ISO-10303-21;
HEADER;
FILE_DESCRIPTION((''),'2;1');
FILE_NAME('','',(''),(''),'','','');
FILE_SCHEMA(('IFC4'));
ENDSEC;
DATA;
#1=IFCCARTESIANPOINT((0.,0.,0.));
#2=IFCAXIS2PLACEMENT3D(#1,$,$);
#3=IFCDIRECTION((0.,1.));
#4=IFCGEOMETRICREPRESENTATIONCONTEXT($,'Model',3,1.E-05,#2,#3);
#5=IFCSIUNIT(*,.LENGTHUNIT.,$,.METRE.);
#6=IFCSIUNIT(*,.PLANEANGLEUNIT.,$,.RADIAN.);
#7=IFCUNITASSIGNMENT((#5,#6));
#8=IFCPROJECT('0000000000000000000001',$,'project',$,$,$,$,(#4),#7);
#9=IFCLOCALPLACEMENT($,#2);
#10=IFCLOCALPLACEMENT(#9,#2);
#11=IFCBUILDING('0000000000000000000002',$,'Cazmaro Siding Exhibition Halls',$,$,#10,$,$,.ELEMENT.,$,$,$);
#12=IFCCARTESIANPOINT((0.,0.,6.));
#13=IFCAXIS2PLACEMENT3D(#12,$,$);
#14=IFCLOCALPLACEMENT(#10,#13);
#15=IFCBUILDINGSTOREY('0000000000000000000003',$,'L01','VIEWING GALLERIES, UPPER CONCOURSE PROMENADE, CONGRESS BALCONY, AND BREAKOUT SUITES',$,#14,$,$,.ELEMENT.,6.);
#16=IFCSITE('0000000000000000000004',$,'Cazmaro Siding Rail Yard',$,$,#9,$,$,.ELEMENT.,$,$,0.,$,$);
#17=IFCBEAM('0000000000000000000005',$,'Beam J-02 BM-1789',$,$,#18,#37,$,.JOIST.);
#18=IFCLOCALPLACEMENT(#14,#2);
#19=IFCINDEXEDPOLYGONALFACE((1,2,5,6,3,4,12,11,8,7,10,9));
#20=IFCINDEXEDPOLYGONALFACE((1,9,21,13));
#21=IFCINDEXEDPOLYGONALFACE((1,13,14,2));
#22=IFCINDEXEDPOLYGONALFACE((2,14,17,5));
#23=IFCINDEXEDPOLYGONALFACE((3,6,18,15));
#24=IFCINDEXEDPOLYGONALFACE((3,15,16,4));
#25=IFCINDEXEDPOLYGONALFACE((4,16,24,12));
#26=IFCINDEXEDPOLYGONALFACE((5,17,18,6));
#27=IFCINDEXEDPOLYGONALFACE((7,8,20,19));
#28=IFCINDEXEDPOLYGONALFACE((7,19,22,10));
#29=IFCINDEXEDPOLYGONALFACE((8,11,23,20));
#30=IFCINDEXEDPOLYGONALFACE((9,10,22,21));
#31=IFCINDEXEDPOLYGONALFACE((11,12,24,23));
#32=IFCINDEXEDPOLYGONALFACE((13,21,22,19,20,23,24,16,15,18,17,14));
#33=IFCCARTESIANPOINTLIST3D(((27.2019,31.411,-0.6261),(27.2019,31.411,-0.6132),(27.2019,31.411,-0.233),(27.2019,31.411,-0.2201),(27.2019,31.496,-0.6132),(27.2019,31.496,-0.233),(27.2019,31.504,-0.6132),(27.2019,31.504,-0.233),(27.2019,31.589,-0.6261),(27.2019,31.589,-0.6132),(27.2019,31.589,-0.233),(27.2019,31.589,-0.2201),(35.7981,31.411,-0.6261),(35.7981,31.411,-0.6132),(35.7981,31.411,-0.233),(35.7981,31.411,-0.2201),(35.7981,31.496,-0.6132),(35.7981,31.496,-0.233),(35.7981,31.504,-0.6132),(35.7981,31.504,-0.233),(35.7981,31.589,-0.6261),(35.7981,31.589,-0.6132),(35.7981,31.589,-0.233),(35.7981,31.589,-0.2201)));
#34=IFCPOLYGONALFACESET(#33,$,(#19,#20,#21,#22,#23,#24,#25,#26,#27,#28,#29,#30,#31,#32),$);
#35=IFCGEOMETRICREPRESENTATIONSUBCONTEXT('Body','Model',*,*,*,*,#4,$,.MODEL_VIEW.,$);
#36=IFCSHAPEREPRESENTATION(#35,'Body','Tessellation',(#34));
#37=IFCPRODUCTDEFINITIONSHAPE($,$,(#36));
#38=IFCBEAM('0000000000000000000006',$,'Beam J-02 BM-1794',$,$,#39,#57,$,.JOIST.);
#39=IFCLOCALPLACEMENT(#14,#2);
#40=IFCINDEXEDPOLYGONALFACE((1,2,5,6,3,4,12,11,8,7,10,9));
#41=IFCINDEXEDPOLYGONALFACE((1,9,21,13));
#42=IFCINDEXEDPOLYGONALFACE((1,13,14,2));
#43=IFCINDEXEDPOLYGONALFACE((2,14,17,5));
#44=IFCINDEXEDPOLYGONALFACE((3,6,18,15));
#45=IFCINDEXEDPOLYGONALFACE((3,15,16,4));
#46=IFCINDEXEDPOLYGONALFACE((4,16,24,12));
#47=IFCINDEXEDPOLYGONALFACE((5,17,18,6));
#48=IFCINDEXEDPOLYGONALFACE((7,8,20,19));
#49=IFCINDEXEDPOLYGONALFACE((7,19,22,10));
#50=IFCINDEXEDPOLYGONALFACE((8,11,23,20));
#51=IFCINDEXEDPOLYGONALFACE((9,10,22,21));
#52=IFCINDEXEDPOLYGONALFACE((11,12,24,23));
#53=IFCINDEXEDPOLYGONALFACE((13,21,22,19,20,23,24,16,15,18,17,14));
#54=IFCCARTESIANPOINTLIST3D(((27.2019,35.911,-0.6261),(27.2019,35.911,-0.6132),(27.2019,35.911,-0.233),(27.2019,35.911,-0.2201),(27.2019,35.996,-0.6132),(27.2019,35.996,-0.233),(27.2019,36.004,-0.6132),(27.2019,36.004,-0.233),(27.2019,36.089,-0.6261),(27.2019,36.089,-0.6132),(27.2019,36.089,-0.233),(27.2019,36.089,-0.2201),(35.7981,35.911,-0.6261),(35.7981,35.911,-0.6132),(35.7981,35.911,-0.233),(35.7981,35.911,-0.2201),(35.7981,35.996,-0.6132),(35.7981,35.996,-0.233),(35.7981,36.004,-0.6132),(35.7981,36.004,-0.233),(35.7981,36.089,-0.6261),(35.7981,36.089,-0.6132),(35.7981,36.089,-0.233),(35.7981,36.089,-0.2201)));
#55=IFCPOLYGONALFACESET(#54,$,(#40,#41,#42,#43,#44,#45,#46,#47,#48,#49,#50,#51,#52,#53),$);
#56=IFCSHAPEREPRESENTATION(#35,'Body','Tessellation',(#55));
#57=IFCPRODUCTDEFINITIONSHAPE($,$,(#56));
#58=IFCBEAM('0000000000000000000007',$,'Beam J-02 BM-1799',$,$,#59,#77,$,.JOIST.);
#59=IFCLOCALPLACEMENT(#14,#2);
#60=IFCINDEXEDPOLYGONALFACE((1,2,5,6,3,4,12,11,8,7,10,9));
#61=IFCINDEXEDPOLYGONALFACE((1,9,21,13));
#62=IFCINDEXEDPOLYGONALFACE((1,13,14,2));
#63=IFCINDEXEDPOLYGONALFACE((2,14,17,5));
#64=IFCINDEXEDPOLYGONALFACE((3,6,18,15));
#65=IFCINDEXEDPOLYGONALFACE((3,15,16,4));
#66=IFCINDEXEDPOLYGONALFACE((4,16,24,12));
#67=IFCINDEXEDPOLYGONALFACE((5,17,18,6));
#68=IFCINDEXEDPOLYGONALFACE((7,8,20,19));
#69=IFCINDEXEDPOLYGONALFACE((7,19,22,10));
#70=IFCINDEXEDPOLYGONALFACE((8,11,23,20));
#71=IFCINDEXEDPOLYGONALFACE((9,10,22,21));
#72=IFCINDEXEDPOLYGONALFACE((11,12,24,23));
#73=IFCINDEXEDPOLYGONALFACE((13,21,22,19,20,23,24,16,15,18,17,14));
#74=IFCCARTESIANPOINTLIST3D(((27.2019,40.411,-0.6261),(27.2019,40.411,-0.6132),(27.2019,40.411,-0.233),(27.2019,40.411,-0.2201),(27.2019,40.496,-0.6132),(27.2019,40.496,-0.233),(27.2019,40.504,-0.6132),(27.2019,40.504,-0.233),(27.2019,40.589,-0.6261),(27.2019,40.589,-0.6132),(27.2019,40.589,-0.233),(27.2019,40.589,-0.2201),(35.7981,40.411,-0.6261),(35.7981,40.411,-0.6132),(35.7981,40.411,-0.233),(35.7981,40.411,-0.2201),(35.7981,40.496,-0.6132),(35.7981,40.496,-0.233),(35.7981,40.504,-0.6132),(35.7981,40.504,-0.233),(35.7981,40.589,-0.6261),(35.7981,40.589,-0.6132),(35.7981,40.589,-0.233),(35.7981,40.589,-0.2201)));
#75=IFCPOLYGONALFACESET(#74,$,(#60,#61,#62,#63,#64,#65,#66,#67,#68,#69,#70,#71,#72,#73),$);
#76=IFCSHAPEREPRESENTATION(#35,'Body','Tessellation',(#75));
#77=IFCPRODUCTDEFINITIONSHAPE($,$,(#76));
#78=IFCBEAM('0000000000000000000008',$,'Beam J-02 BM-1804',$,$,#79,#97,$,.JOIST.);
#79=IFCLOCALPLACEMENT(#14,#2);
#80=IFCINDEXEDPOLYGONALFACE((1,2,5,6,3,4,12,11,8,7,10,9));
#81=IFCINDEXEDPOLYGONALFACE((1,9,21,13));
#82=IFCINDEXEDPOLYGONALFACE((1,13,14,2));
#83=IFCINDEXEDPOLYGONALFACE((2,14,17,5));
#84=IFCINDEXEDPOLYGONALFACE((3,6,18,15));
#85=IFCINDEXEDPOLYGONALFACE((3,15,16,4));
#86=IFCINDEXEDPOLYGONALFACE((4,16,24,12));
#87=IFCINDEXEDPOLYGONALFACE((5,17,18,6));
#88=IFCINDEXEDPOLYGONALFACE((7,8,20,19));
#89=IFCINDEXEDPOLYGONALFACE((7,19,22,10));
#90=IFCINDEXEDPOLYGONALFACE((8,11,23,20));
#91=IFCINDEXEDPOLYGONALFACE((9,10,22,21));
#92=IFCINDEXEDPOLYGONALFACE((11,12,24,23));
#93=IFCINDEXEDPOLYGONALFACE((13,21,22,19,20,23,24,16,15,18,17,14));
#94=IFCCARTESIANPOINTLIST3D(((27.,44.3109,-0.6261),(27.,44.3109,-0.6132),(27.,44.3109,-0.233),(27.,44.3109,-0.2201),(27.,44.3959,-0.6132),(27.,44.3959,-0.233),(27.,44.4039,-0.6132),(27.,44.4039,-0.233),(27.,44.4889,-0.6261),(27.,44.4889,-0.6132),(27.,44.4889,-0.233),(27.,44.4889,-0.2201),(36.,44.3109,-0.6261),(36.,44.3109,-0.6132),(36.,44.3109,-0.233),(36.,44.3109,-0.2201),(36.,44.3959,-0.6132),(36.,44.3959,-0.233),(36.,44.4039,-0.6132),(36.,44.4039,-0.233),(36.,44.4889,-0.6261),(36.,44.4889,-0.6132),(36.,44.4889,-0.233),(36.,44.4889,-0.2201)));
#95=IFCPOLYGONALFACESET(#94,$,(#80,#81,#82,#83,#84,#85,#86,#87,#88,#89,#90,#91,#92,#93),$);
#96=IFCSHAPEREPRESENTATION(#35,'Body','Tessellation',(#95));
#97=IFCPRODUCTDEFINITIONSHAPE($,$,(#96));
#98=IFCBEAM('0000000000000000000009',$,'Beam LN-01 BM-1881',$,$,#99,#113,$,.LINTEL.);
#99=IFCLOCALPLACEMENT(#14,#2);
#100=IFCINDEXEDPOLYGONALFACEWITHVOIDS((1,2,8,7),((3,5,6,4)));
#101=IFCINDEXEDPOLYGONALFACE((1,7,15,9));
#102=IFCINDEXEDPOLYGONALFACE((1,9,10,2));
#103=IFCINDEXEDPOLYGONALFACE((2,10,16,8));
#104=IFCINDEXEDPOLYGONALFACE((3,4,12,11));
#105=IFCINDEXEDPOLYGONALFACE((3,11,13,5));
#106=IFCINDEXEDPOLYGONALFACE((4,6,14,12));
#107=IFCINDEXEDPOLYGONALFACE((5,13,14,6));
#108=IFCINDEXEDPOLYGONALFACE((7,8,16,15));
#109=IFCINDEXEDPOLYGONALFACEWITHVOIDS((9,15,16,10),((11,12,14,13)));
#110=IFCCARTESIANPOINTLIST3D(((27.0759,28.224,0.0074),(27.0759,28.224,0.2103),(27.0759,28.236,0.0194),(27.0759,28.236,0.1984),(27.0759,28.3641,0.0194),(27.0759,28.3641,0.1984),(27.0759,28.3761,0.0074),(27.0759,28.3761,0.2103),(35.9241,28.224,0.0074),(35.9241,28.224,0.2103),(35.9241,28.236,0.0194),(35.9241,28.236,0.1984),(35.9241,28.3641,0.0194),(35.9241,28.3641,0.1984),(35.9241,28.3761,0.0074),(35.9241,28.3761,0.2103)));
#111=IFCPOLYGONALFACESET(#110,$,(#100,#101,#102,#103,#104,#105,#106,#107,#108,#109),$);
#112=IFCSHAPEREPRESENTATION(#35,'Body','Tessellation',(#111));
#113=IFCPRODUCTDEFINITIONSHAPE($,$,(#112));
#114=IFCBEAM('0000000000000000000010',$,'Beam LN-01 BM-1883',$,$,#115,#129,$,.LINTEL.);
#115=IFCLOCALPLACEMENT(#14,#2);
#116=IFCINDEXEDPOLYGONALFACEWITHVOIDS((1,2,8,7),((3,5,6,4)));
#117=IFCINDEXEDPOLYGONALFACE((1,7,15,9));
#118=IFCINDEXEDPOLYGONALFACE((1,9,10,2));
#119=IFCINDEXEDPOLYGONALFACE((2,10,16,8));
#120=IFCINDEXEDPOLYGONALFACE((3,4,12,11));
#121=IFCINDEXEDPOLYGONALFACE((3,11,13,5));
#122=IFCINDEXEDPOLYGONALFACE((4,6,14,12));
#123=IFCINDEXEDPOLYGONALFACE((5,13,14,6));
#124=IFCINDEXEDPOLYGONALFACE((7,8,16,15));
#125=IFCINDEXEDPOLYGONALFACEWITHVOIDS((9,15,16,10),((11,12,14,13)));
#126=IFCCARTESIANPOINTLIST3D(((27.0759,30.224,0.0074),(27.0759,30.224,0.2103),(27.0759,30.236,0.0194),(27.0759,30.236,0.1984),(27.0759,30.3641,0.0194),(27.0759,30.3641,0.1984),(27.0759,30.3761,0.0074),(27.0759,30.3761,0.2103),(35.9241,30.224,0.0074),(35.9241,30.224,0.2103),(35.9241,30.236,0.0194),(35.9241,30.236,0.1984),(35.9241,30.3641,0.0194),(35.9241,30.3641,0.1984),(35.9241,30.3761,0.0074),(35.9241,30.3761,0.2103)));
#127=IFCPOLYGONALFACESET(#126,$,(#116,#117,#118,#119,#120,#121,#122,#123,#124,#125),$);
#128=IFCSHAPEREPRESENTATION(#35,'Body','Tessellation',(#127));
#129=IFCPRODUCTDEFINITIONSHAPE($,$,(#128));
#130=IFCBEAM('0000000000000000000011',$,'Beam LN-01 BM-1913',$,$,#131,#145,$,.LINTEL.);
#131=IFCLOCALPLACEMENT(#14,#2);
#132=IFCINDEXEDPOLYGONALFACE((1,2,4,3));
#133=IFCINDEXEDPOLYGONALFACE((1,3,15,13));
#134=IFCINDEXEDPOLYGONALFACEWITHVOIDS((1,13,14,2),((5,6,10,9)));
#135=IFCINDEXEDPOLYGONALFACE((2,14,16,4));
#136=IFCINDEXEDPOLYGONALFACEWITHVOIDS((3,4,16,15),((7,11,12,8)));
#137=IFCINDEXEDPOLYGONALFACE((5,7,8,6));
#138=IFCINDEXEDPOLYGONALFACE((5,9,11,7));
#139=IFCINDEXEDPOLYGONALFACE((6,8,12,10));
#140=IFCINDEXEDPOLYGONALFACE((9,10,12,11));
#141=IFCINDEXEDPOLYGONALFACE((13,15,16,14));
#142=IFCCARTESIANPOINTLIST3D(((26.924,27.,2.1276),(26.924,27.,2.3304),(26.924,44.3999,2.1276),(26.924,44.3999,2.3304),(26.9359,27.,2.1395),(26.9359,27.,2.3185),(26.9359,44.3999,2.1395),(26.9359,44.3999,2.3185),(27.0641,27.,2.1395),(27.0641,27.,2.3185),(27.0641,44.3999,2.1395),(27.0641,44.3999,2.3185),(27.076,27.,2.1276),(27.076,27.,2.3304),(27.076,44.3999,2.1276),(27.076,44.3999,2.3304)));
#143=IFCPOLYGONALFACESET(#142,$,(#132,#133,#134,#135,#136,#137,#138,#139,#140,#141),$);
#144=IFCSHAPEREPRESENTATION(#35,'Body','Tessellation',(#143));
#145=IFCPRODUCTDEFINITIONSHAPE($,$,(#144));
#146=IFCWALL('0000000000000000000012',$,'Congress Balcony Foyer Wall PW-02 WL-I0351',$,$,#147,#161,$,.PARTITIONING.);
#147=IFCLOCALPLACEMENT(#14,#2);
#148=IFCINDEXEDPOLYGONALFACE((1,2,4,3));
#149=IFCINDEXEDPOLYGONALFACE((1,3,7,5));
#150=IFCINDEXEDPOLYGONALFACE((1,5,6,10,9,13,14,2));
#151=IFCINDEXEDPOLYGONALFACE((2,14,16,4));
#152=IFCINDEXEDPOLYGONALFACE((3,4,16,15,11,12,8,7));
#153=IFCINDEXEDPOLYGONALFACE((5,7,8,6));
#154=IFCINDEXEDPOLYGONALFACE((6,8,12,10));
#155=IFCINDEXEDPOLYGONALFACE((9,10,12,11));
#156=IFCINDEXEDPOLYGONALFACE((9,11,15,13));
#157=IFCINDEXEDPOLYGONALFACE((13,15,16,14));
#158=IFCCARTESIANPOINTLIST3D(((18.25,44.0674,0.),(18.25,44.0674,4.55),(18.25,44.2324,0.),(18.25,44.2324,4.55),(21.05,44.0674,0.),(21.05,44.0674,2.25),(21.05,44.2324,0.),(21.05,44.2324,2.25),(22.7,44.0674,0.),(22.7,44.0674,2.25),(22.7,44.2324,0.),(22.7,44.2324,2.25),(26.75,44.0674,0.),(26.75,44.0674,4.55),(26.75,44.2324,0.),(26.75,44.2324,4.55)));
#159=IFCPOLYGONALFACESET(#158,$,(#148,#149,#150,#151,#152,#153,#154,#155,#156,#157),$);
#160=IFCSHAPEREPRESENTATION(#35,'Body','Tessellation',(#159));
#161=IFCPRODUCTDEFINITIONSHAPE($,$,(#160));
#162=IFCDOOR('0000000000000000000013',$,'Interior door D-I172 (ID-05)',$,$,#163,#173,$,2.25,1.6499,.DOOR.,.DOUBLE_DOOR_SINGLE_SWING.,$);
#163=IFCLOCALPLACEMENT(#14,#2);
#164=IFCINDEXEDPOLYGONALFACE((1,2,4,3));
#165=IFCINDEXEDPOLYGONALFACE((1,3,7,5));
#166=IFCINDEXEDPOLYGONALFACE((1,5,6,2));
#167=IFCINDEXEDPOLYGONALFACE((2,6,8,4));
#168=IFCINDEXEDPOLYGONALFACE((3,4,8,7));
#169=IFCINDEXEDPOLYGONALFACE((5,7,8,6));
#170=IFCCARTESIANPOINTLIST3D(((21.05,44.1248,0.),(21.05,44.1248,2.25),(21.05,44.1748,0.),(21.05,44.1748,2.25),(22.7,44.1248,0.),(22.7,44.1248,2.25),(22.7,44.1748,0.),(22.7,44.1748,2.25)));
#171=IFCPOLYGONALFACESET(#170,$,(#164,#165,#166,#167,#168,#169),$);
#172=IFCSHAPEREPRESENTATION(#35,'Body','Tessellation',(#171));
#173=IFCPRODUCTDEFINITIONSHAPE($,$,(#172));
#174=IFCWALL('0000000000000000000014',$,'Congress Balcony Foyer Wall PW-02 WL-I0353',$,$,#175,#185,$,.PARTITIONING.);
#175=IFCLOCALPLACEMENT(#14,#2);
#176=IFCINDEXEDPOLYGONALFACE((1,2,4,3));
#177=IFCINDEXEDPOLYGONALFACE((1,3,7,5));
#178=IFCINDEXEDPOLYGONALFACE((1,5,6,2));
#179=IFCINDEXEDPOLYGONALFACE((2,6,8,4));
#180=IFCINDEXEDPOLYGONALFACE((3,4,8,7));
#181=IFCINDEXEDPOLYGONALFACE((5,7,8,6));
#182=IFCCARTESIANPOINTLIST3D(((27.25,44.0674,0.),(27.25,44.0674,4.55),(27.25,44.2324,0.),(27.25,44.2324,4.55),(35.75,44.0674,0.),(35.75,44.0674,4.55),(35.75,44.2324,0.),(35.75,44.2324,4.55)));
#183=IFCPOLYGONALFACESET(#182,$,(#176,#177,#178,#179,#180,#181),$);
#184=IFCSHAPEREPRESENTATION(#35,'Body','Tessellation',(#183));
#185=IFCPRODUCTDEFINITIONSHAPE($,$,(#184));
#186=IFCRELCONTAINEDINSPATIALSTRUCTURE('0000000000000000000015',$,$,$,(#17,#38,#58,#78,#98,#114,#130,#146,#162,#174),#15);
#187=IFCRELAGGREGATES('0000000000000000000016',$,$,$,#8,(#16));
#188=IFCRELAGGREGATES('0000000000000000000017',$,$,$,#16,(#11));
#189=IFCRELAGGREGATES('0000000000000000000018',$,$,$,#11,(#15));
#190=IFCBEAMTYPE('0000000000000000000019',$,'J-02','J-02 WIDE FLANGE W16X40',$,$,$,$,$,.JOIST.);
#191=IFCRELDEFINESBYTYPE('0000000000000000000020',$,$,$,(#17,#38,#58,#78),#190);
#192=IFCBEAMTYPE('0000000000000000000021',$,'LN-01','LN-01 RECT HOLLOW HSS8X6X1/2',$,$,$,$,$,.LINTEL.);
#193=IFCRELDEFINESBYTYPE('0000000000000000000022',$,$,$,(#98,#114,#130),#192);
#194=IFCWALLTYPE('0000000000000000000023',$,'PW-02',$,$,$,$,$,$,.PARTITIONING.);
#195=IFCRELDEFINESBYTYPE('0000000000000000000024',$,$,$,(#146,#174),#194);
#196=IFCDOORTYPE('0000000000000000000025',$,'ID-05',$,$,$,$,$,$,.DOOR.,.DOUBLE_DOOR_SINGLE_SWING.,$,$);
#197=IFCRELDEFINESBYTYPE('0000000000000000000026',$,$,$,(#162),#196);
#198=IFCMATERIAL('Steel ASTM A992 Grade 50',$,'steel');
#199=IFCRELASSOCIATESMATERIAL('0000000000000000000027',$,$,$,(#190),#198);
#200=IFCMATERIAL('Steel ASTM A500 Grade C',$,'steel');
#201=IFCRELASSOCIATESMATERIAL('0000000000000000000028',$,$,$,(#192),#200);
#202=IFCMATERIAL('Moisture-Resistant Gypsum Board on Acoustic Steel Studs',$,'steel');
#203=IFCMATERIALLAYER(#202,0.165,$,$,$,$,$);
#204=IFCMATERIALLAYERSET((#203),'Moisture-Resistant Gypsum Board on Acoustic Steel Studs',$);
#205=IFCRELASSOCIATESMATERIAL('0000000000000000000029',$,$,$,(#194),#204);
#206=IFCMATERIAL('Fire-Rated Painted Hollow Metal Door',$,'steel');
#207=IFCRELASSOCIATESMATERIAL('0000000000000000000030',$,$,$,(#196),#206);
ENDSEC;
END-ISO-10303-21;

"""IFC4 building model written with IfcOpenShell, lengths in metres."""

from ifc_helpers import new_model, si_unit, direction, frame, frame_2d, origin, origin_2d, place, context, subcontext, project, spatial, rectangle, hollow_rectangle, i_section, extrude, material, layer, layer_set, material_profile, profile_set, type_object, element, fill, save


model = new_model("IFC4")

# Units and contexts
model_context = context("Model", 3, precision=1e-05, world=origin(), true_north=direction((0.0, 1.0)))
body_context = subcontext(model_context, "Body", "Model", "MODEL_VIEW")
ifc_project = project(units=[si_unit("LENGTHUNIT", "METRE"), si_unit("PLANEANGLEUNIT", "RADIAN")], contexts=[model_context])

# Site, building, storey
site_placement = place(None, origin())
site = spatial("IfcSite", under=ifc_project, at=site_placement, Name="Cazmaro Siding Rail Yard", CompositionType="ELEMENT", RefElevation=0.0)
building_placement = place(site_placement, origin())
building = spatial("IfcBuilding", under=site, at=building_placement, Name="Cazmaro Siding Exhibition Halls", CompositionType="ELEMENT")
storey_placement = place(building_placement, frame((0.0, 0.0, 6.0)))
storey = spatial("IfcBuildingStorey", under=building, at=storey_placement, Name="L01", Description="VIEWING GALLERIES, UPPER CONCOURSE PROMENADE, CONGRESS BALCONY, AND BREAKOUT SUITES", CompositionType="ELEMENT", Elevation=6.0)

# Beams
ifc_material_1 = material(Name="Steel ASTM A992 Grade 50", Category="steel")
ifc_material_profile_1 = material_profile(ifc_material_1, i_section(OverallWidth=0.178, OverallDepth=0.406, WebThickness=0.0081, FlangeThickness=0.0129, at=origin_2d()), Name="W16X40")
ifc_profile_set_1 = profile_set([ifc_material_profile_1], Name="Steel ASTM A992 Grade 50")
beam_type_1 = type_object("IfcBeamType", Name="J-02", Description="J-02 WIDE FLANGE W16X40", PredefinedType="JOIST", material=ifc_profile_set_1)
for number, where, z_axis, x_axis, name in (
    (1, (27.2019, 31.5, -0.4231), (1.0, 0.0, 0.0), (0.0, 1.0, 0.0), "Beam J-02 BM-1789"),
    (2, (27.2019, 36.0, -0.4231), (1.0, 0.0, 0.0), (0.0, 1.0, 0.0), "Beam J-02 BM-1794"),
    (3, (27.2019, 40.5, -0.4231), (1.0, 0.0, 0.0), (0.0, 1.0, 0.0), "Beam J-02 BM-1799"),
):
    element("IfcBeam", number, at=place(storey_placement, frame(where, z_axis=z_axis, x_axis=x_axis)), inside=storey, type_object=beam_type_1, Name=name, PredefinedType="JOIST", context=body_context, shape_type="SweptSolid", body=[
        extrude(i_section(OverallWidth=0.178, OverallDepth=0.406, WebThickness=0.0081, FlangeThickness=0.0129, at=origin_2d()), origin(), (0.0, 0.0, 1.0), 8.5962),
    ])
beam_1_placement = place(storey_placement, frame((27.0, 44.3999, -0.4231), z_axis=(1.0, 0.0, 0.0), x_axis=(0.0, 1.0, 0.0)))
element("IfcBeam", 4, at=beam_1_placement, inside=storey, type_object=beam_type_1, Name="Beam J-02 BM-1804", PredefinedType="JOIST", context=body_context, shape_type="SweptSolid", body=[
    extrude(i_section(OverallWidth=0.178, OverallDepth=0.406, WebThickness=0.0081, FlangeThickness=0.0129, at=origin_2d()), origin(), (0.0, 0.0, 1.0), 9.0),
])
ifc_material_2 = material(Name="Steel ASTM A500 Grade C", Category="steel")
ifc_material_profile_2 = material_profile(ifc_material_2, hollow_rectangle(XDim=0.1521, YDim=0.2029, WallThickness=0.012, at=origin_2d()), Name="HSS8X6X1/2")
ifc_profile_set_2 = profile_set([ifc_material_profile_2], Name="Steel ASTM A500 Grade C")
beam_type_2 = type_object("IfcBeamType", Name="LN-01", Description="LN-01 RECT HOLLOW HSS8X6X1/2", PredefinedType="LINTEL", material=ifc_profile_set_2)
for number, where, z_axis, x_axis, name in (
    (5, (27.0759, 28.3, 0.1089), (1.0, 0.0, 0.0), (0.0, 1.0, 0.0), "Beam LN-01 BM-1881"),
    (6, (27.0759, 30.3, 0.1089), (1.0, 0.0, 0.0), (0.0, 1.0, 0.0), "Beam LN-01 BM-1883"),
):
    element("IfcBeam", number, at=place(storey_placement, frame(where, z_axis=z_axis, x_axis=x_axis)), inside=storey, type_object=beam_type_2, Name=name, PredefinedType="LINTEL", context=body_context, shape_type="SweptSolid", body=[
        extrude(hollow_rectangle(XDim=0.1521, YDim=0.2029, WallThickness=0.012, at=origin_2d()), origin(), (0.0, 0.0, 1.0), 8.8481),
    ])
beam_2_placement = place(storey_placement, frame((27.0, 27.0, 2.229), z_axis=(0.0, 1.0, 0.0), x_axis=(-1.0, 0.0, 0.0)))
element("IfcBeam", 7, at=beam_2_placement, inside=storey, type_object=beam_type_2, Name="Beam LN-01 BM-1913", PredefinedType="LINTEL", context=body_context, shape_type="SweptSolid", body=[
    extrude(hollow_rectangle(XDim=0.1521, YDim=0.2029, WallThickness=0.012, at=origin_2d()), origin(), (0.0, 0.0, 1.0), 17.3999),
])

# Wall, opening, door
ifc_material_3 = material(Name="Moisture-Resistant Gypsum Board on Acoustic Steel Studs", Category="steel")
ifc_layer = layer(ifc_material_3, 0.165)
ifc_layer_set = layer_set([ifc_layer], Name="Moisture-Resistant Gypsum Board on Acoustic Steel Studs")
wall_type = type_object("IfcWallType", Name="PW-02", PredefinedType="PARTITIONING", material=ifc_layer_set)
wall_1_placement = place(storey_placement, frame((18.25, 44.1499, 0.0), z_axis=(0.0, 0.0, 1.0), x_axis=(1.0, 0.0, 0.0)))
wall_1 = element("IfcWall", 8, at=wall_1_placement, inside=storey, type_object=wall_type, Name="Congress Balcony Foyer Wall PW-02 WL-I0351", PredefinedType="PARTITIONING", context=body_context, shape_type="SweptSolid", body=[
    extrude(rectangle(XDim=8.5, YDim=0.165, at=frame_2d((4.25, 0.0))), origin(), (0.0, 0.0, 1.0), 4.55),
])
opening_placement = place(wall_1_placement, frame((2.8, 0.0, 0.0)))
opening = element("IfcOpeningElement", 9, at=opening_placement, cuts=wall_1, PredefinedType="OPENING", context=body_context, shape_type="SweptSolid", body=[
    extrude(rectangle(XDim=1.6499, YDim=2.25, at=frame_2d((0.825, 1.125))), frame((0.0, 0.0925, 0.0), z_axis=(0.0, -1.0, 0.0), x_axis=(1.0, 0.0, 0.0)), (0.0, 0.0, 1.0), 0.1851),
])
ifc_material_4 = material(Name="Fire-Rated Painted Hollow Metal Door", Category="steel")
door_type = type_object("IfcDoorType", Name="ID-05", OperationType="DOUBLE_DOOR_SINGLE_SWING", PredefinedType="DOOR", material=ifc_material_4)
door_placement = place(opening_placement, origin())
door = element("IfcDoor", 10, at=door_placement, inside=storey, type_object=door_type, Name="Interior door D-I172 (ID-05)", OperationType="DOUBLE_DOOR_SINGLE_SWING", OverallHeight=2.25, OverallWidth=1.6499, PredefinedType="DOOR", context=body_context, shape_type="SweptSolid", body=[
    extrude(rectangle(XDim=1.6499, YDim=2.25, at=frame_2d((0.825, 1.125))), frame((0.0, 0.0249, 0.0), z_axis=(0.0, -1.0, 0.0), x_axis=(1.0, 0.0, 0.0)), (0.0, 0.0, 1.0), 0.05),
])
fill(opening, door)

# Wall
wall_2_placement = place(storey_placement, frame((27.25, 44.1499, 0.0), z_axis=(0.0, 0.0, 1.0), x_axis=(1.0, 0.0, 0.0)))
element("IfcWall", 11, at=wall_2_placement, inside=storey, type_object=wall_type, Name="Congress Balcony Foyer Wall PW-02 WL-I0353", PredefinedType="PARTITIONING", context=body_context, shape_type="SweptSolid", body=[
    extrude(rectangle(XDim=8.5, YDim=0.165, at=frame_2d((4.25, 0.0))), origin(), (0.0, 0.0, 1.0), 4.55),
])

save(model, "model.ifc")
